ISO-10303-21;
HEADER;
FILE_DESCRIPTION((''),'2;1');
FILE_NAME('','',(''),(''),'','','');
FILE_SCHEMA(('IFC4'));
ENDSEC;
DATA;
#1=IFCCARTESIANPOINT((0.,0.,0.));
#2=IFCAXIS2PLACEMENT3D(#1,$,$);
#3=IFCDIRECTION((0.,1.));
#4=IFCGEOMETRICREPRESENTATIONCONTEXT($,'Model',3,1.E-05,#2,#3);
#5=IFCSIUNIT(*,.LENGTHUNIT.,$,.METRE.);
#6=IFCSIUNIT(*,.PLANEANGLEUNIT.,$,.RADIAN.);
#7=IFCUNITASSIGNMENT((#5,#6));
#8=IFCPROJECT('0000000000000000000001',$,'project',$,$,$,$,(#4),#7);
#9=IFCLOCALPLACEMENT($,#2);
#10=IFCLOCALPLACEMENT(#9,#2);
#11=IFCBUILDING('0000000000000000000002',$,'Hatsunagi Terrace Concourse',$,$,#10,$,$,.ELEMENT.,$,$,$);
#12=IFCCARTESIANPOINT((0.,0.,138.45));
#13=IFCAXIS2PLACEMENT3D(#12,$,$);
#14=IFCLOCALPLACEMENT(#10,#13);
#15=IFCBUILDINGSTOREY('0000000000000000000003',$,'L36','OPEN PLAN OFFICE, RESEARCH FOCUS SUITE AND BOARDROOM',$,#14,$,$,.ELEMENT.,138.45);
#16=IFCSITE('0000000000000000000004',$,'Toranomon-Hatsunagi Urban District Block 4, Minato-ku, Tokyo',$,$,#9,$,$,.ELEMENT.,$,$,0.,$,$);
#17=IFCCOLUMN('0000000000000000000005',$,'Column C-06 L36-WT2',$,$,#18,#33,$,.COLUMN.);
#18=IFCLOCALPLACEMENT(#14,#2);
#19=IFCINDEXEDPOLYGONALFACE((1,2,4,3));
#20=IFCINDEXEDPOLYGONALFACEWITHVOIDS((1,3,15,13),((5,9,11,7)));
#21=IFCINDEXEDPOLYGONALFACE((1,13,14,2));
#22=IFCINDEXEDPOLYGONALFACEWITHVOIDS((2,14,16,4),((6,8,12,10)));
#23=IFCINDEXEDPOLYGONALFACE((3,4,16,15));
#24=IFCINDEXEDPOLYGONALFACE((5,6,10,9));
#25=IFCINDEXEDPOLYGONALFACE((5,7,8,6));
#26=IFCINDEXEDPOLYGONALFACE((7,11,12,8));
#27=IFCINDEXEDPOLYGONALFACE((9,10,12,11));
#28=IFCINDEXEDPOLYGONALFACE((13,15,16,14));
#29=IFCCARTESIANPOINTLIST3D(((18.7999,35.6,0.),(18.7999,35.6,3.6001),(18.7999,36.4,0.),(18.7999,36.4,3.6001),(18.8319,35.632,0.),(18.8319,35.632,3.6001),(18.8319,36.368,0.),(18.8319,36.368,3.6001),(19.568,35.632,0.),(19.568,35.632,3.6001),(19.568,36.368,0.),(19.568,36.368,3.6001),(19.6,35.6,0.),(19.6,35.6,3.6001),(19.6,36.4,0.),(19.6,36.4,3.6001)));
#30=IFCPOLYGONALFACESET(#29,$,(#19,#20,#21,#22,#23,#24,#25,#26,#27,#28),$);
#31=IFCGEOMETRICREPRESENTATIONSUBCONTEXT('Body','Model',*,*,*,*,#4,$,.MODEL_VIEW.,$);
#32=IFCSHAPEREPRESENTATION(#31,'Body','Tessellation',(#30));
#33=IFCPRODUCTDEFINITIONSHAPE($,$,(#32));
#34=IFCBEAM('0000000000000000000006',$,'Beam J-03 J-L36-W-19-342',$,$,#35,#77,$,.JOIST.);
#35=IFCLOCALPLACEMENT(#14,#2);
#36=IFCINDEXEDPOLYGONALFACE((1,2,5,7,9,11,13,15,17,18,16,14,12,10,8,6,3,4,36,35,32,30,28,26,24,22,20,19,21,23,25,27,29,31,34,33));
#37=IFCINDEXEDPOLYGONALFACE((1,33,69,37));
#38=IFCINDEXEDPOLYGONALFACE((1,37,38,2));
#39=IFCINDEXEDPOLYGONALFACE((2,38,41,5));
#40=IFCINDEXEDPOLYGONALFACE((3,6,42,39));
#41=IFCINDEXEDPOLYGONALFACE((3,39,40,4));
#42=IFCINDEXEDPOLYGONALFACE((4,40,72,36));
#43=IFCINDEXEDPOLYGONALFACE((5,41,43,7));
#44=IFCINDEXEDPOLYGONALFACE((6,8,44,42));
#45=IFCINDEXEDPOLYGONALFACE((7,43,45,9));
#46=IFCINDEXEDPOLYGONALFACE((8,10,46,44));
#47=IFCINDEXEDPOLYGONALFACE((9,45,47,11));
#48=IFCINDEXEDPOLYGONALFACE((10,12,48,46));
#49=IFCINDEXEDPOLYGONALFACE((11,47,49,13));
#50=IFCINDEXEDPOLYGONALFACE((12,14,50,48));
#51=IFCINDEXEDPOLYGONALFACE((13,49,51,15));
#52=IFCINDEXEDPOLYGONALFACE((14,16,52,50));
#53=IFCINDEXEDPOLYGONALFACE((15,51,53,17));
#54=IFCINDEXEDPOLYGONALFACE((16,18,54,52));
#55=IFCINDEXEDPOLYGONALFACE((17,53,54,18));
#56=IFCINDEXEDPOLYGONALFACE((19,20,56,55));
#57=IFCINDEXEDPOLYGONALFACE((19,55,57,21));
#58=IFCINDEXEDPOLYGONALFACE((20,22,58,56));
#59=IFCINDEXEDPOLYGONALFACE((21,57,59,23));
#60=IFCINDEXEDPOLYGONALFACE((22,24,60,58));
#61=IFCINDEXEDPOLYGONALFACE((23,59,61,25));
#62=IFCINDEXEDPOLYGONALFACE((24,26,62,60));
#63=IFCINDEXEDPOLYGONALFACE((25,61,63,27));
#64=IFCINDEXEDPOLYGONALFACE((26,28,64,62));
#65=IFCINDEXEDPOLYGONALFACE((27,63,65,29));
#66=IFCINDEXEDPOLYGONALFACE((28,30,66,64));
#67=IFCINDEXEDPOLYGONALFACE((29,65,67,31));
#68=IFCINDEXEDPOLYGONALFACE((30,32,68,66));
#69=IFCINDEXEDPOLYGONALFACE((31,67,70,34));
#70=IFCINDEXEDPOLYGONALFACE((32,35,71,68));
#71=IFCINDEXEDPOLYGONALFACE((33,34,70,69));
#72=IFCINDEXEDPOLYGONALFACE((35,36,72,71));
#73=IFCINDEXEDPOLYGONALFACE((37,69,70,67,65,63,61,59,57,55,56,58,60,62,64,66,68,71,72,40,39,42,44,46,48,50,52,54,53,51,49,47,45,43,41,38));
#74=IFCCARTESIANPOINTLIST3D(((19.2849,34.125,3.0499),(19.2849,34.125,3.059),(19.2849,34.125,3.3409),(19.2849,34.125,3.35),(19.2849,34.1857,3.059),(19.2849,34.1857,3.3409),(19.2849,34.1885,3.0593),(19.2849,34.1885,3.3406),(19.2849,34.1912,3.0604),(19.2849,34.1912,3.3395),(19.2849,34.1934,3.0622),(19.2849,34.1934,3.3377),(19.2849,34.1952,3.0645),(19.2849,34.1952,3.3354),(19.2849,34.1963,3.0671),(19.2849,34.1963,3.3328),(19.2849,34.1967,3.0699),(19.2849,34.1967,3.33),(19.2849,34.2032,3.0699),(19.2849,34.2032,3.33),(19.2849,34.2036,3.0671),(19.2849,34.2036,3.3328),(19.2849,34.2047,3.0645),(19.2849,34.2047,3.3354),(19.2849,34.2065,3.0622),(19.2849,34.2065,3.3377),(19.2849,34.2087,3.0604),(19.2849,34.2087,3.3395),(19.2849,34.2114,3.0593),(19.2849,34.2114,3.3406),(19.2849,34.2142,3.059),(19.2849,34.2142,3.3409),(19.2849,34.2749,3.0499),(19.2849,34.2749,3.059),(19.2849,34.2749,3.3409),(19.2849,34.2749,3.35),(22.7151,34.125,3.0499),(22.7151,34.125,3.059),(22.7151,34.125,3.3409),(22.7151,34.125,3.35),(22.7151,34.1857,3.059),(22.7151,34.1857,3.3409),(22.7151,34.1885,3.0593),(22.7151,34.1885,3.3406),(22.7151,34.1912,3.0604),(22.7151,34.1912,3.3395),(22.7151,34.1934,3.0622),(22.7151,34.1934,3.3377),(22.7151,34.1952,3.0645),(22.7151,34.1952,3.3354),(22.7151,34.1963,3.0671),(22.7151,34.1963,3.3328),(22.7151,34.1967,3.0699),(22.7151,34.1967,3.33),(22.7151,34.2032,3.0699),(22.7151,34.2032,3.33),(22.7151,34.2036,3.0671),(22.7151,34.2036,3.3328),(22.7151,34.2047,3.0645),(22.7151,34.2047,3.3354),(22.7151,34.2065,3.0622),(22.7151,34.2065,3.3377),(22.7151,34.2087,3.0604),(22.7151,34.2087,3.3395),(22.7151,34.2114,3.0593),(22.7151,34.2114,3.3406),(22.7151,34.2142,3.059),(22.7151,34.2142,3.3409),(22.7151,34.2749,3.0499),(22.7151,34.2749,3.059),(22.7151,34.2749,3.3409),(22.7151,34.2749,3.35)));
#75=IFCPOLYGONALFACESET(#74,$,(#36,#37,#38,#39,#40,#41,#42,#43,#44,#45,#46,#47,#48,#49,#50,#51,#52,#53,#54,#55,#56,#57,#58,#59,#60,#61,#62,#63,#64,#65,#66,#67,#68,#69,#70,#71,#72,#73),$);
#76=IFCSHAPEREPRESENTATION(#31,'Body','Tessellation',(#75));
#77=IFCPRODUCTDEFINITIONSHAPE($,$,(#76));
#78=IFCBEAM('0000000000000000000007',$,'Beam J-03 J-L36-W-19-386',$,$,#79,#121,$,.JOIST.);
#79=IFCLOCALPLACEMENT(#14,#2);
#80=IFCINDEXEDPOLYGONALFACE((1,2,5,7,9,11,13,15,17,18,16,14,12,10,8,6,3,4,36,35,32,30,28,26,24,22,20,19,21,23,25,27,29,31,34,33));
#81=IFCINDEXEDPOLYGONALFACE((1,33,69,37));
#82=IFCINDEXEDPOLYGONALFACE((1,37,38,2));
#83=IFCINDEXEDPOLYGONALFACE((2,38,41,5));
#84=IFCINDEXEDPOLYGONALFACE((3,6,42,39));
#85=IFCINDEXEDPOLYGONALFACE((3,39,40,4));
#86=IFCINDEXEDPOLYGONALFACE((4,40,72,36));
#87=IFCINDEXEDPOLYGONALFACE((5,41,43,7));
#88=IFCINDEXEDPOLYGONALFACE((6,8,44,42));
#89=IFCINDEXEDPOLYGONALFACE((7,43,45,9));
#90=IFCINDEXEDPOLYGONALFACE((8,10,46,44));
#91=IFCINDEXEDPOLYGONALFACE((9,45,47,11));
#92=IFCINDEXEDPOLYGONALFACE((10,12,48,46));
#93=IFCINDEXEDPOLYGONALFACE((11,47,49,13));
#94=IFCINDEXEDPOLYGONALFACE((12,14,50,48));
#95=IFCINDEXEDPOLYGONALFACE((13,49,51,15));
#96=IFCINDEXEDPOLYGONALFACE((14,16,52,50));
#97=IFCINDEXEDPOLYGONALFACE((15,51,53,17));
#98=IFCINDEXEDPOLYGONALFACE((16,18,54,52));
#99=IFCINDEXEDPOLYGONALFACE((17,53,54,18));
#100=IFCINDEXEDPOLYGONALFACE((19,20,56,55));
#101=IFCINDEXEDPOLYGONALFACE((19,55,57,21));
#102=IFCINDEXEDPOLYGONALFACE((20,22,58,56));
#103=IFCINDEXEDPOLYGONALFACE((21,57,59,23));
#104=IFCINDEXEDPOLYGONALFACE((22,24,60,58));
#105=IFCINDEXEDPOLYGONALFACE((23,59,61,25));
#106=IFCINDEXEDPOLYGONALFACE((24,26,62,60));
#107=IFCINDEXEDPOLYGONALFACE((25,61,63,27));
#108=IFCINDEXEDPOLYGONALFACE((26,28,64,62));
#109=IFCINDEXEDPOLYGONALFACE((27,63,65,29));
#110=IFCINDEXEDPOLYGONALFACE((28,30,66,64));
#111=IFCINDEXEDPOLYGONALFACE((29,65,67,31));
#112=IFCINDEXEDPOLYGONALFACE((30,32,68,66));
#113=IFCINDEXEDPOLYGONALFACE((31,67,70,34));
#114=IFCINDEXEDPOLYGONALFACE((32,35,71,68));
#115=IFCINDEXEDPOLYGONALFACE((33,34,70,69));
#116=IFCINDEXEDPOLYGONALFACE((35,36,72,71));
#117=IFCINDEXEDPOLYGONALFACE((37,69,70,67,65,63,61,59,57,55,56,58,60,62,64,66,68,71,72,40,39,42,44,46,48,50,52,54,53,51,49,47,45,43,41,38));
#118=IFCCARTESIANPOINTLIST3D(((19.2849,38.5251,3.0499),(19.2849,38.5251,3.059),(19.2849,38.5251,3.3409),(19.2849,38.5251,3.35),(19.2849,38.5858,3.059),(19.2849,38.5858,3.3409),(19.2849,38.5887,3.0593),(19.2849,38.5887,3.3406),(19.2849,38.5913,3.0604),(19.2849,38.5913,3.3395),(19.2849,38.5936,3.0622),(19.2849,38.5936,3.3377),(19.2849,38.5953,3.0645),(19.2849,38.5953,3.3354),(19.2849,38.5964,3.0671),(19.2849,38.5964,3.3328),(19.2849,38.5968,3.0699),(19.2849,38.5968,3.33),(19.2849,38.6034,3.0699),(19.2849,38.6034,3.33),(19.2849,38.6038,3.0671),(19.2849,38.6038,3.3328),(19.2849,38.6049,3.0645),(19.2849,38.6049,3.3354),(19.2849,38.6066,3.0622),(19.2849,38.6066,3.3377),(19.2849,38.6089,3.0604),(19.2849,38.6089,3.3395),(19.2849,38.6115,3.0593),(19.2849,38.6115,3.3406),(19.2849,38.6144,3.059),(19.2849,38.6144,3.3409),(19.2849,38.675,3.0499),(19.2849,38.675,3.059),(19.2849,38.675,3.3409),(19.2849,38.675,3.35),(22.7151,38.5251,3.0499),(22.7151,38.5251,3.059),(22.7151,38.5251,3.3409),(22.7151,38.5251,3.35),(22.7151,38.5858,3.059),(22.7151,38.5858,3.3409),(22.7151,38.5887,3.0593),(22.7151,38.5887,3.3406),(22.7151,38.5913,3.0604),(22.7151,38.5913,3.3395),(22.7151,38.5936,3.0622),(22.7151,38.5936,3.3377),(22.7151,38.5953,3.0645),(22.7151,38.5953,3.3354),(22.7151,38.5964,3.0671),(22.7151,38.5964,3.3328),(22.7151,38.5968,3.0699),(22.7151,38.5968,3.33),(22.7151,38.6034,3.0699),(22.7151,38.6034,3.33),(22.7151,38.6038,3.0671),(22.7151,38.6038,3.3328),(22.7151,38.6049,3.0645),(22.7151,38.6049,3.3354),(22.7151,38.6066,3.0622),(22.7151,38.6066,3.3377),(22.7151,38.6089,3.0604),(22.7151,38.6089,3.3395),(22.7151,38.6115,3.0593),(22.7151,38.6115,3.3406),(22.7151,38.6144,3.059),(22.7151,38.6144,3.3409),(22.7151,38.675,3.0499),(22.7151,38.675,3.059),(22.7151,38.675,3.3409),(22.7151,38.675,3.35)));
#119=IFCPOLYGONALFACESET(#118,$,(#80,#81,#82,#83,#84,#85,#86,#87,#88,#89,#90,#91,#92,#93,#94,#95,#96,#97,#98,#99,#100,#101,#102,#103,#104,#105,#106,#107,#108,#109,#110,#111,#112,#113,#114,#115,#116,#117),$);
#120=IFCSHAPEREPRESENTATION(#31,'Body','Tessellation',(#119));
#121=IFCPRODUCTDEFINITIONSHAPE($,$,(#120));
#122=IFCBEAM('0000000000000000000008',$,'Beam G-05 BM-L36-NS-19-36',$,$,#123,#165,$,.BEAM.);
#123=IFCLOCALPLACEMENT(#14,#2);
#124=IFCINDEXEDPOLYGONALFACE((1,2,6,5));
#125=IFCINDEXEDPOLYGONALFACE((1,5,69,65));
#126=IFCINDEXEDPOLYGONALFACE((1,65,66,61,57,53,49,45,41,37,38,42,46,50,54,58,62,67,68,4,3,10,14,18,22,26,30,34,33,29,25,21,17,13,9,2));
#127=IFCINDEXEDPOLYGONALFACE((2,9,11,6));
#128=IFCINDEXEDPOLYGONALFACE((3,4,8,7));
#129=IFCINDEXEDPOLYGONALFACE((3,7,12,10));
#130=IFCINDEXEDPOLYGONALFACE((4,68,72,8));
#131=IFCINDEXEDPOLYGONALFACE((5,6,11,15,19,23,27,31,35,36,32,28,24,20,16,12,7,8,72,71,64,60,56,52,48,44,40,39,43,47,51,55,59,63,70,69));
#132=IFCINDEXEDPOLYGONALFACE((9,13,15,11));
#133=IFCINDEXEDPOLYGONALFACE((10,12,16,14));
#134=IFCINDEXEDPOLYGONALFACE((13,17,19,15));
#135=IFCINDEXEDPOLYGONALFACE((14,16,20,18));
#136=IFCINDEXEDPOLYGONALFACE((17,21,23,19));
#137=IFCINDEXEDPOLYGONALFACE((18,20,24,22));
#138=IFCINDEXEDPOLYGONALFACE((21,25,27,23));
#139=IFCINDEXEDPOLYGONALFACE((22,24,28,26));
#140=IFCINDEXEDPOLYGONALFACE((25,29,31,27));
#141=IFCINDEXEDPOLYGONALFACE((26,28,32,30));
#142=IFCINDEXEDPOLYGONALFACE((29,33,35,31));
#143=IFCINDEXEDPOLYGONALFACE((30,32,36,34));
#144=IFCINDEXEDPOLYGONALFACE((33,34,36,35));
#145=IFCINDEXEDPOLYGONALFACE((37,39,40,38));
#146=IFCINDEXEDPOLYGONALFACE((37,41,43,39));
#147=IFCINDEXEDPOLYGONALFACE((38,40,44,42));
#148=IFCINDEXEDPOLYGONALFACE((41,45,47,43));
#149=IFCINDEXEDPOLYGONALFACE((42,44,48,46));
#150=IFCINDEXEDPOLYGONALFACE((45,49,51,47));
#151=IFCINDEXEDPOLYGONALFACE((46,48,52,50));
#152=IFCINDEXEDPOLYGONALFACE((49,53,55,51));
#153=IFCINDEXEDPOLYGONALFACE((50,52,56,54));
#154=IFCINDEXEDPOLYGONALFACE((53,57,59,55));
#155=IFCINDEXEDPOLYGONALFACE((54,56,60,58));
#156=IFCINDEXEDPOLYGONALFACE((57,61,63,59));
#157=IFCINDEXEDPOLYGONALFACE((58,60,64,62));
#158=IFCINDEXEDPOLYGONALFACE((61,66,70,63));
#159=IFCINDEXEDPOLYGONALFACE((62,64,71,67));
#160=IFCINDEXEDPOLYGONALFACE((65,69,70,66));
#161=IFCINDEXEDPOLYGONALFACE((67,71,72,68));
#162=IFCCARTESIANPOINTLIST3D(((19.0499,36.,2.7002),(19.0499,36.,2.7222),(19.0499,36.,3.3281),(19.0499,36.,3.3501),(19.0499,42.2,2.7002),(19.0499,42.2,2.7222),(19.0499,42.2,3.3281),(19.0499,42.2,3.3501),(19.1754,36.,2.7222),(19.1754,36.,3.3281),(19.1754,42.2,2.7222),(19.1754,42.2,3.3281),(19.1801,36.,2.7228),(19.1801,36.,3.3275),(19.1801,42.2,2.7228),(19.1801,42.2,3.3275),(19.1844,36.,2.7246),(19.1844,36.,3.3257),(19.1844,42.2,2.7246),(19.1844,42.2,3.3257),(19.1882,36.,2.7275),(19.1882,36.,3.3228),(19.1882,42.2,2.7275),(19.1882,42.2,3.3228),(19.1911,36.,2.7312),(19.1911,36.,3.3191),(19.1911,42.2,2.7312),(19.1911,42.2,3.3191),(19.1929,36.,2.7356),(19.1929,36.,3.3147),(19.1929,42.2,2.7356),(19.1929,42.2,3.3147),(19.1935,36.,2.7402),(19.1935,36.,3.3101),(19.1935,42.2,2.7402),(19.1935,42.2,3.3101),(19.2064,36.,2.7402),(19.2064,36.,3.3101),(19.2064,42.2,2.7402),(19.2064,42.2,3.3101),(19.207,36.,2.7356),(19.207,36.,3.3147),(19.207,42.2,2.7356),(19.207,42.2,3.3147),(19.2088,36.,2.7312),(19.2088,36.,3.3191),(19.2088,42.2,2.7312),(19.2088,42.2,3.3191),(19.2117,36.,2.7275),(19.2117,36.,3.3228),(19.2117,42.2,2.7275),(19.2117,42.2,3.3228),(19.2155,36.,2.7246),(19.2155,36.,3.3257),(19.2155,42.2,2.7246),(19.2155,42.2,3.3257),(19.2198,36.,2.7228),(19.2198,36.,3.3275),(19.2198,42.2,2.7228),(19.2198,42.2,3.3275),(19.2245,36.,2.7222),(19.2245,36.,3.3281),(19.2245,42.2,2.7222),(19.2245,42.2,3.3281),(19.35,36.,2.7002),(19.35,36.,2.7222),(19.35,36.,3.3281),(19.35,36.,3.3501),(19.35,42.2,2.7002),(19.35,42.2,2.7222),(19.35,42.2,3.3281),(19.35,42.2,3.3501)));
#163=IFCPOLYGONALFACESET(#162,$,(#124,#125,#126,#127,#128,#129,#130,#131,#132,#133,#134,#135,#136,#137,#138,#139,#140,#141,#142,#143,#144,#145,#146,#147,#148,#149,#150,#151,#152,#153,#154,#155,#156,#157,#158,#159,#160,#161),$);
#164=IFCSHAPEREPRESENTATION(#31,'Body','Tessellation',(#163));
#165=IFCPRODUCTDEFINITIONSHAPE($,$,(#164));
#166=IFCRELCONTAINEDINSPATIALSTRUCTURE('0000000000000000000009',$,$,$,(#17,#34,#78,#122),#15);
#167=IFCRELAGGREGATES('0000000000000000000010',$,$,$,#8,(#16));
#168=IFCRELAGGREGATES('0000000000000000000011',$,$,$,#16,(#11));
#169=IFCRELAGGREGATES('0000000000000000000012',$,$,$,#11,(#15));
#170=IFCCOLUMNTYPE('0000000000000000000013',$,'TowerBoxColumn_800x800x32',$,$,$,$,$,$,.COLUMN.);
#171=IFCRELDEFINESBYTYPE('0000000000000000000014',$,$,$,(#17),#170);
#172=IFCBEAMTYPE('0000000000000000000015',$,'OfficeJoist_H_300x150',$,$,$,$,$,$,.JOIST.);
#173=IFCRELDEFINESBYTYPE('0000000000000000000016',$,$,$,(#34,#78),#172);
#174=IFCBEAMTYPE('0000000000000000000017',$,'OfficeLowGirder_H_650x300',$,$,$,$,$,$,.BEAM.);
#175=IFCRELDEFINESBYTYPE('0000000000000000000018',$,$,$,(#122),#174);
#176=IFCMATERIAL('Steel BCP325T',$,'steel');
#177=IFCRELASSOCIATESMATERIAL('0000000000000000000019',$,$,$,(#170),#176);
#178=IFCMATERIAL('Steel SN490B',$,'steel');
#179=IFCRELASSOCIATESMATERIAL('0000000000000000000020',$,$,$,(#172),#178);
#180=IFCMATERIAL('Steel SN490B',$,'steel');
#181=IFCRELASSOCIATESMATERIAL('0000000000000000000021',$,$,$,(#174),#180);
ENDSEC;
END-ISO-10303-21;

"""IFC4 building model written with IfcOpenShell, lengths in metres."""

from ifc_helpers import new_model, si_unit, direction, frame, origin, origin_2d, place, context, subcontext, project, spatial, hollow_rectangle, i_section, extrude, material, material_profile, profile_set, type_object, element, save


model = new_model("IFC4")

# Units and contexts
model_context = context("Model", 3, precision=1e-05, world=origin(), true_north=direction((0.0, 1.0)))
body_context = subcontext(model_context, "Body", "Model", "MODEL_VIEW")
ifc_project = project(units=[si_unit("LENGTHUNIT", "METRE"), si_unit("PLANEANGLEUNIT", "RADIAN")], contexts=[model_context])

# Site, building, storey
site_placement = place(None, origin())
site = spatial("IfcSite", under=ifc_project, at=site_placement, Name="Toranomon-Hatsunagi Urban District Block 4, Minato-ku, Tokyo", CompositionType="ELEMENT", RefElevation=0.0)
building_placement = place(site_placement, origin())
building = spatial("IfcBuilding", under=site, at=building_placement, Name="Hatsunagi Terrace Concourse", CompositionType="ELEMENT")
storey_placement = place(building_placement, frame((0.0, 0.0, 138.45)))
storey = spatial("IfcBuildingStorey", under=building, at=storey_placement, Name="L36", Description="OPEN PLAN OFFICE, RESEARCH FOCUS SUITE AND BOARDROOM", CompositionType="ELEMENT", Elevation=138.45)

# Column
ifc_material_1 = material(Name="Steel BCP325T", Category="steel")
ifc_material_profile_1 = material_profile(ifc_material_1, hollow_rectangle(XDim=0.8, YDim=0.8, WallThickness=0.032, at=origin_2d()), Name="BCP-800x800x32")
ifc_profile_set_1 = profile_set([ifc_material_profile_1], Name="Steel BCP325T")
column_type = type_object("IfcColumnType", Name="TowerBoxColumn_800x800x32", PredefinedType="COLUMN", material=ifc_profile_set_1)
column_placement = place(storey_placement, frame((19.2, 36.0, 0.0), z_axis=(0.0, 0.0, 1.0), x_axis=(1.0, 0.0, 0.0)))
element("IfcColumn", 1, at=column_placement, inside=storey, type_object=column_type, Name="Column C-06 L36-WT2", PredefinedType="COLUMN", context=body_context, shape_type="SweptSolid", body=[
    extrude(hollow_rectangle(XDim=0.8, YDim=0.8, WallThickness=0.032, at=origin_2d()), origin(), (0.0, 0.0, 1.0), 3.6001),
])

# Beams
ifc_material_2 = material(Name="Steel SN490B", Category="steel")
ifc_material_profile_2 = material_profile(ifc_material_2, i_section(OverallWidth=0.1499, OverallDepth=0.3, WebThickness=0.0066, FlangeThickness=0.009, FilletRadius=0.011, at=origin_2d()), Name="H-300x150x6.5x9")
ifc_profile_set_2 = profile_set([ifc_material_profile_2], Name="Steel SN490B")
beam_type_1 = type_object("IfcBeamType", Name="OfficeJoist_H_300x150", PredefinedType="JOIST", material=ifc_profile_set_2)
for number, where, z_axis, x_axis, name in (
    (2, (19.2849, 34.2, 3.2), (1.0, 0.0, 0.0), (0.0, 1.0, 0.0), "Beam J-03 J-L36-W-19-342"),
    (3, (19.2849, 38.6001, 3.2), (1.0, 0.0, 0.0), (0.0, 1.0, 0.0), "Beam J-03 J-L36-W-19-386"),
):
    element("IfcBeam", number, at=place(storey_placement, frame(where, z_axis=z_axis, x_axis=x_axis)), inside=storey, type_object=beam_type_1, Name=name, PredefinedType="JOIST", context=body_context, shape_type="SweptSolid", body=[
        extrude(i_section(OverallWidth=0.1499, OverallDepth=0.3, WebThickness=0.0066, FlangeThickness=0.009, FilletRadius=0.011, at=origin_2d()), origin(), (0.0, 0.0, 1.0), 3.4302),
    ])
ifc_material_3 = material(Name="Steel SN490B", Category="steel")
ifc_material_profile_3 = material_profile(ifc_material_3, i_section(OverallWidth=0.3, OverallDepth=0.6499, WebThickness=0.0129, FlangeThickness=0.022, FilletRadius=0.0181, at=origin_2d()), Name="H-650x300x13x22")
ifc_profile_set_3 = profile_set([ifc_material_profile_3], Name="Steel SN490B")
beam_type_2 = type_object("IfcBeamType", Name="OfficeLowGirder_H_650x300", PredefinedType="BEAM", material=ifc_profile_set_3)
beam_1_placement = place(storey_placement, frame((19.2, 36.0, 3.0251), z_axis=(0.0, 1.0, 0.0), x_axis=(-1.0, 0.0, 0.0)))
element("IfcBeam", 4, at=beam_1_placement, inside=storey, type_object=beam_type_2, Name="Beam G-05 BM-L36-NS-19-36", PredefinedType="BEAM", context=body_context, shape_type="SweptSolid", body=[
    extrude(i_section(OverallWidth=0.3, OverallDepth=0.6499, WebThickness=0.0129, FlangeThickness=0.022, FilletRadius=0.0181, at=origin_2d()), origin(), (0.0, 0.0, 1.0), 6.2),
])

save(model, "model.ifc")
